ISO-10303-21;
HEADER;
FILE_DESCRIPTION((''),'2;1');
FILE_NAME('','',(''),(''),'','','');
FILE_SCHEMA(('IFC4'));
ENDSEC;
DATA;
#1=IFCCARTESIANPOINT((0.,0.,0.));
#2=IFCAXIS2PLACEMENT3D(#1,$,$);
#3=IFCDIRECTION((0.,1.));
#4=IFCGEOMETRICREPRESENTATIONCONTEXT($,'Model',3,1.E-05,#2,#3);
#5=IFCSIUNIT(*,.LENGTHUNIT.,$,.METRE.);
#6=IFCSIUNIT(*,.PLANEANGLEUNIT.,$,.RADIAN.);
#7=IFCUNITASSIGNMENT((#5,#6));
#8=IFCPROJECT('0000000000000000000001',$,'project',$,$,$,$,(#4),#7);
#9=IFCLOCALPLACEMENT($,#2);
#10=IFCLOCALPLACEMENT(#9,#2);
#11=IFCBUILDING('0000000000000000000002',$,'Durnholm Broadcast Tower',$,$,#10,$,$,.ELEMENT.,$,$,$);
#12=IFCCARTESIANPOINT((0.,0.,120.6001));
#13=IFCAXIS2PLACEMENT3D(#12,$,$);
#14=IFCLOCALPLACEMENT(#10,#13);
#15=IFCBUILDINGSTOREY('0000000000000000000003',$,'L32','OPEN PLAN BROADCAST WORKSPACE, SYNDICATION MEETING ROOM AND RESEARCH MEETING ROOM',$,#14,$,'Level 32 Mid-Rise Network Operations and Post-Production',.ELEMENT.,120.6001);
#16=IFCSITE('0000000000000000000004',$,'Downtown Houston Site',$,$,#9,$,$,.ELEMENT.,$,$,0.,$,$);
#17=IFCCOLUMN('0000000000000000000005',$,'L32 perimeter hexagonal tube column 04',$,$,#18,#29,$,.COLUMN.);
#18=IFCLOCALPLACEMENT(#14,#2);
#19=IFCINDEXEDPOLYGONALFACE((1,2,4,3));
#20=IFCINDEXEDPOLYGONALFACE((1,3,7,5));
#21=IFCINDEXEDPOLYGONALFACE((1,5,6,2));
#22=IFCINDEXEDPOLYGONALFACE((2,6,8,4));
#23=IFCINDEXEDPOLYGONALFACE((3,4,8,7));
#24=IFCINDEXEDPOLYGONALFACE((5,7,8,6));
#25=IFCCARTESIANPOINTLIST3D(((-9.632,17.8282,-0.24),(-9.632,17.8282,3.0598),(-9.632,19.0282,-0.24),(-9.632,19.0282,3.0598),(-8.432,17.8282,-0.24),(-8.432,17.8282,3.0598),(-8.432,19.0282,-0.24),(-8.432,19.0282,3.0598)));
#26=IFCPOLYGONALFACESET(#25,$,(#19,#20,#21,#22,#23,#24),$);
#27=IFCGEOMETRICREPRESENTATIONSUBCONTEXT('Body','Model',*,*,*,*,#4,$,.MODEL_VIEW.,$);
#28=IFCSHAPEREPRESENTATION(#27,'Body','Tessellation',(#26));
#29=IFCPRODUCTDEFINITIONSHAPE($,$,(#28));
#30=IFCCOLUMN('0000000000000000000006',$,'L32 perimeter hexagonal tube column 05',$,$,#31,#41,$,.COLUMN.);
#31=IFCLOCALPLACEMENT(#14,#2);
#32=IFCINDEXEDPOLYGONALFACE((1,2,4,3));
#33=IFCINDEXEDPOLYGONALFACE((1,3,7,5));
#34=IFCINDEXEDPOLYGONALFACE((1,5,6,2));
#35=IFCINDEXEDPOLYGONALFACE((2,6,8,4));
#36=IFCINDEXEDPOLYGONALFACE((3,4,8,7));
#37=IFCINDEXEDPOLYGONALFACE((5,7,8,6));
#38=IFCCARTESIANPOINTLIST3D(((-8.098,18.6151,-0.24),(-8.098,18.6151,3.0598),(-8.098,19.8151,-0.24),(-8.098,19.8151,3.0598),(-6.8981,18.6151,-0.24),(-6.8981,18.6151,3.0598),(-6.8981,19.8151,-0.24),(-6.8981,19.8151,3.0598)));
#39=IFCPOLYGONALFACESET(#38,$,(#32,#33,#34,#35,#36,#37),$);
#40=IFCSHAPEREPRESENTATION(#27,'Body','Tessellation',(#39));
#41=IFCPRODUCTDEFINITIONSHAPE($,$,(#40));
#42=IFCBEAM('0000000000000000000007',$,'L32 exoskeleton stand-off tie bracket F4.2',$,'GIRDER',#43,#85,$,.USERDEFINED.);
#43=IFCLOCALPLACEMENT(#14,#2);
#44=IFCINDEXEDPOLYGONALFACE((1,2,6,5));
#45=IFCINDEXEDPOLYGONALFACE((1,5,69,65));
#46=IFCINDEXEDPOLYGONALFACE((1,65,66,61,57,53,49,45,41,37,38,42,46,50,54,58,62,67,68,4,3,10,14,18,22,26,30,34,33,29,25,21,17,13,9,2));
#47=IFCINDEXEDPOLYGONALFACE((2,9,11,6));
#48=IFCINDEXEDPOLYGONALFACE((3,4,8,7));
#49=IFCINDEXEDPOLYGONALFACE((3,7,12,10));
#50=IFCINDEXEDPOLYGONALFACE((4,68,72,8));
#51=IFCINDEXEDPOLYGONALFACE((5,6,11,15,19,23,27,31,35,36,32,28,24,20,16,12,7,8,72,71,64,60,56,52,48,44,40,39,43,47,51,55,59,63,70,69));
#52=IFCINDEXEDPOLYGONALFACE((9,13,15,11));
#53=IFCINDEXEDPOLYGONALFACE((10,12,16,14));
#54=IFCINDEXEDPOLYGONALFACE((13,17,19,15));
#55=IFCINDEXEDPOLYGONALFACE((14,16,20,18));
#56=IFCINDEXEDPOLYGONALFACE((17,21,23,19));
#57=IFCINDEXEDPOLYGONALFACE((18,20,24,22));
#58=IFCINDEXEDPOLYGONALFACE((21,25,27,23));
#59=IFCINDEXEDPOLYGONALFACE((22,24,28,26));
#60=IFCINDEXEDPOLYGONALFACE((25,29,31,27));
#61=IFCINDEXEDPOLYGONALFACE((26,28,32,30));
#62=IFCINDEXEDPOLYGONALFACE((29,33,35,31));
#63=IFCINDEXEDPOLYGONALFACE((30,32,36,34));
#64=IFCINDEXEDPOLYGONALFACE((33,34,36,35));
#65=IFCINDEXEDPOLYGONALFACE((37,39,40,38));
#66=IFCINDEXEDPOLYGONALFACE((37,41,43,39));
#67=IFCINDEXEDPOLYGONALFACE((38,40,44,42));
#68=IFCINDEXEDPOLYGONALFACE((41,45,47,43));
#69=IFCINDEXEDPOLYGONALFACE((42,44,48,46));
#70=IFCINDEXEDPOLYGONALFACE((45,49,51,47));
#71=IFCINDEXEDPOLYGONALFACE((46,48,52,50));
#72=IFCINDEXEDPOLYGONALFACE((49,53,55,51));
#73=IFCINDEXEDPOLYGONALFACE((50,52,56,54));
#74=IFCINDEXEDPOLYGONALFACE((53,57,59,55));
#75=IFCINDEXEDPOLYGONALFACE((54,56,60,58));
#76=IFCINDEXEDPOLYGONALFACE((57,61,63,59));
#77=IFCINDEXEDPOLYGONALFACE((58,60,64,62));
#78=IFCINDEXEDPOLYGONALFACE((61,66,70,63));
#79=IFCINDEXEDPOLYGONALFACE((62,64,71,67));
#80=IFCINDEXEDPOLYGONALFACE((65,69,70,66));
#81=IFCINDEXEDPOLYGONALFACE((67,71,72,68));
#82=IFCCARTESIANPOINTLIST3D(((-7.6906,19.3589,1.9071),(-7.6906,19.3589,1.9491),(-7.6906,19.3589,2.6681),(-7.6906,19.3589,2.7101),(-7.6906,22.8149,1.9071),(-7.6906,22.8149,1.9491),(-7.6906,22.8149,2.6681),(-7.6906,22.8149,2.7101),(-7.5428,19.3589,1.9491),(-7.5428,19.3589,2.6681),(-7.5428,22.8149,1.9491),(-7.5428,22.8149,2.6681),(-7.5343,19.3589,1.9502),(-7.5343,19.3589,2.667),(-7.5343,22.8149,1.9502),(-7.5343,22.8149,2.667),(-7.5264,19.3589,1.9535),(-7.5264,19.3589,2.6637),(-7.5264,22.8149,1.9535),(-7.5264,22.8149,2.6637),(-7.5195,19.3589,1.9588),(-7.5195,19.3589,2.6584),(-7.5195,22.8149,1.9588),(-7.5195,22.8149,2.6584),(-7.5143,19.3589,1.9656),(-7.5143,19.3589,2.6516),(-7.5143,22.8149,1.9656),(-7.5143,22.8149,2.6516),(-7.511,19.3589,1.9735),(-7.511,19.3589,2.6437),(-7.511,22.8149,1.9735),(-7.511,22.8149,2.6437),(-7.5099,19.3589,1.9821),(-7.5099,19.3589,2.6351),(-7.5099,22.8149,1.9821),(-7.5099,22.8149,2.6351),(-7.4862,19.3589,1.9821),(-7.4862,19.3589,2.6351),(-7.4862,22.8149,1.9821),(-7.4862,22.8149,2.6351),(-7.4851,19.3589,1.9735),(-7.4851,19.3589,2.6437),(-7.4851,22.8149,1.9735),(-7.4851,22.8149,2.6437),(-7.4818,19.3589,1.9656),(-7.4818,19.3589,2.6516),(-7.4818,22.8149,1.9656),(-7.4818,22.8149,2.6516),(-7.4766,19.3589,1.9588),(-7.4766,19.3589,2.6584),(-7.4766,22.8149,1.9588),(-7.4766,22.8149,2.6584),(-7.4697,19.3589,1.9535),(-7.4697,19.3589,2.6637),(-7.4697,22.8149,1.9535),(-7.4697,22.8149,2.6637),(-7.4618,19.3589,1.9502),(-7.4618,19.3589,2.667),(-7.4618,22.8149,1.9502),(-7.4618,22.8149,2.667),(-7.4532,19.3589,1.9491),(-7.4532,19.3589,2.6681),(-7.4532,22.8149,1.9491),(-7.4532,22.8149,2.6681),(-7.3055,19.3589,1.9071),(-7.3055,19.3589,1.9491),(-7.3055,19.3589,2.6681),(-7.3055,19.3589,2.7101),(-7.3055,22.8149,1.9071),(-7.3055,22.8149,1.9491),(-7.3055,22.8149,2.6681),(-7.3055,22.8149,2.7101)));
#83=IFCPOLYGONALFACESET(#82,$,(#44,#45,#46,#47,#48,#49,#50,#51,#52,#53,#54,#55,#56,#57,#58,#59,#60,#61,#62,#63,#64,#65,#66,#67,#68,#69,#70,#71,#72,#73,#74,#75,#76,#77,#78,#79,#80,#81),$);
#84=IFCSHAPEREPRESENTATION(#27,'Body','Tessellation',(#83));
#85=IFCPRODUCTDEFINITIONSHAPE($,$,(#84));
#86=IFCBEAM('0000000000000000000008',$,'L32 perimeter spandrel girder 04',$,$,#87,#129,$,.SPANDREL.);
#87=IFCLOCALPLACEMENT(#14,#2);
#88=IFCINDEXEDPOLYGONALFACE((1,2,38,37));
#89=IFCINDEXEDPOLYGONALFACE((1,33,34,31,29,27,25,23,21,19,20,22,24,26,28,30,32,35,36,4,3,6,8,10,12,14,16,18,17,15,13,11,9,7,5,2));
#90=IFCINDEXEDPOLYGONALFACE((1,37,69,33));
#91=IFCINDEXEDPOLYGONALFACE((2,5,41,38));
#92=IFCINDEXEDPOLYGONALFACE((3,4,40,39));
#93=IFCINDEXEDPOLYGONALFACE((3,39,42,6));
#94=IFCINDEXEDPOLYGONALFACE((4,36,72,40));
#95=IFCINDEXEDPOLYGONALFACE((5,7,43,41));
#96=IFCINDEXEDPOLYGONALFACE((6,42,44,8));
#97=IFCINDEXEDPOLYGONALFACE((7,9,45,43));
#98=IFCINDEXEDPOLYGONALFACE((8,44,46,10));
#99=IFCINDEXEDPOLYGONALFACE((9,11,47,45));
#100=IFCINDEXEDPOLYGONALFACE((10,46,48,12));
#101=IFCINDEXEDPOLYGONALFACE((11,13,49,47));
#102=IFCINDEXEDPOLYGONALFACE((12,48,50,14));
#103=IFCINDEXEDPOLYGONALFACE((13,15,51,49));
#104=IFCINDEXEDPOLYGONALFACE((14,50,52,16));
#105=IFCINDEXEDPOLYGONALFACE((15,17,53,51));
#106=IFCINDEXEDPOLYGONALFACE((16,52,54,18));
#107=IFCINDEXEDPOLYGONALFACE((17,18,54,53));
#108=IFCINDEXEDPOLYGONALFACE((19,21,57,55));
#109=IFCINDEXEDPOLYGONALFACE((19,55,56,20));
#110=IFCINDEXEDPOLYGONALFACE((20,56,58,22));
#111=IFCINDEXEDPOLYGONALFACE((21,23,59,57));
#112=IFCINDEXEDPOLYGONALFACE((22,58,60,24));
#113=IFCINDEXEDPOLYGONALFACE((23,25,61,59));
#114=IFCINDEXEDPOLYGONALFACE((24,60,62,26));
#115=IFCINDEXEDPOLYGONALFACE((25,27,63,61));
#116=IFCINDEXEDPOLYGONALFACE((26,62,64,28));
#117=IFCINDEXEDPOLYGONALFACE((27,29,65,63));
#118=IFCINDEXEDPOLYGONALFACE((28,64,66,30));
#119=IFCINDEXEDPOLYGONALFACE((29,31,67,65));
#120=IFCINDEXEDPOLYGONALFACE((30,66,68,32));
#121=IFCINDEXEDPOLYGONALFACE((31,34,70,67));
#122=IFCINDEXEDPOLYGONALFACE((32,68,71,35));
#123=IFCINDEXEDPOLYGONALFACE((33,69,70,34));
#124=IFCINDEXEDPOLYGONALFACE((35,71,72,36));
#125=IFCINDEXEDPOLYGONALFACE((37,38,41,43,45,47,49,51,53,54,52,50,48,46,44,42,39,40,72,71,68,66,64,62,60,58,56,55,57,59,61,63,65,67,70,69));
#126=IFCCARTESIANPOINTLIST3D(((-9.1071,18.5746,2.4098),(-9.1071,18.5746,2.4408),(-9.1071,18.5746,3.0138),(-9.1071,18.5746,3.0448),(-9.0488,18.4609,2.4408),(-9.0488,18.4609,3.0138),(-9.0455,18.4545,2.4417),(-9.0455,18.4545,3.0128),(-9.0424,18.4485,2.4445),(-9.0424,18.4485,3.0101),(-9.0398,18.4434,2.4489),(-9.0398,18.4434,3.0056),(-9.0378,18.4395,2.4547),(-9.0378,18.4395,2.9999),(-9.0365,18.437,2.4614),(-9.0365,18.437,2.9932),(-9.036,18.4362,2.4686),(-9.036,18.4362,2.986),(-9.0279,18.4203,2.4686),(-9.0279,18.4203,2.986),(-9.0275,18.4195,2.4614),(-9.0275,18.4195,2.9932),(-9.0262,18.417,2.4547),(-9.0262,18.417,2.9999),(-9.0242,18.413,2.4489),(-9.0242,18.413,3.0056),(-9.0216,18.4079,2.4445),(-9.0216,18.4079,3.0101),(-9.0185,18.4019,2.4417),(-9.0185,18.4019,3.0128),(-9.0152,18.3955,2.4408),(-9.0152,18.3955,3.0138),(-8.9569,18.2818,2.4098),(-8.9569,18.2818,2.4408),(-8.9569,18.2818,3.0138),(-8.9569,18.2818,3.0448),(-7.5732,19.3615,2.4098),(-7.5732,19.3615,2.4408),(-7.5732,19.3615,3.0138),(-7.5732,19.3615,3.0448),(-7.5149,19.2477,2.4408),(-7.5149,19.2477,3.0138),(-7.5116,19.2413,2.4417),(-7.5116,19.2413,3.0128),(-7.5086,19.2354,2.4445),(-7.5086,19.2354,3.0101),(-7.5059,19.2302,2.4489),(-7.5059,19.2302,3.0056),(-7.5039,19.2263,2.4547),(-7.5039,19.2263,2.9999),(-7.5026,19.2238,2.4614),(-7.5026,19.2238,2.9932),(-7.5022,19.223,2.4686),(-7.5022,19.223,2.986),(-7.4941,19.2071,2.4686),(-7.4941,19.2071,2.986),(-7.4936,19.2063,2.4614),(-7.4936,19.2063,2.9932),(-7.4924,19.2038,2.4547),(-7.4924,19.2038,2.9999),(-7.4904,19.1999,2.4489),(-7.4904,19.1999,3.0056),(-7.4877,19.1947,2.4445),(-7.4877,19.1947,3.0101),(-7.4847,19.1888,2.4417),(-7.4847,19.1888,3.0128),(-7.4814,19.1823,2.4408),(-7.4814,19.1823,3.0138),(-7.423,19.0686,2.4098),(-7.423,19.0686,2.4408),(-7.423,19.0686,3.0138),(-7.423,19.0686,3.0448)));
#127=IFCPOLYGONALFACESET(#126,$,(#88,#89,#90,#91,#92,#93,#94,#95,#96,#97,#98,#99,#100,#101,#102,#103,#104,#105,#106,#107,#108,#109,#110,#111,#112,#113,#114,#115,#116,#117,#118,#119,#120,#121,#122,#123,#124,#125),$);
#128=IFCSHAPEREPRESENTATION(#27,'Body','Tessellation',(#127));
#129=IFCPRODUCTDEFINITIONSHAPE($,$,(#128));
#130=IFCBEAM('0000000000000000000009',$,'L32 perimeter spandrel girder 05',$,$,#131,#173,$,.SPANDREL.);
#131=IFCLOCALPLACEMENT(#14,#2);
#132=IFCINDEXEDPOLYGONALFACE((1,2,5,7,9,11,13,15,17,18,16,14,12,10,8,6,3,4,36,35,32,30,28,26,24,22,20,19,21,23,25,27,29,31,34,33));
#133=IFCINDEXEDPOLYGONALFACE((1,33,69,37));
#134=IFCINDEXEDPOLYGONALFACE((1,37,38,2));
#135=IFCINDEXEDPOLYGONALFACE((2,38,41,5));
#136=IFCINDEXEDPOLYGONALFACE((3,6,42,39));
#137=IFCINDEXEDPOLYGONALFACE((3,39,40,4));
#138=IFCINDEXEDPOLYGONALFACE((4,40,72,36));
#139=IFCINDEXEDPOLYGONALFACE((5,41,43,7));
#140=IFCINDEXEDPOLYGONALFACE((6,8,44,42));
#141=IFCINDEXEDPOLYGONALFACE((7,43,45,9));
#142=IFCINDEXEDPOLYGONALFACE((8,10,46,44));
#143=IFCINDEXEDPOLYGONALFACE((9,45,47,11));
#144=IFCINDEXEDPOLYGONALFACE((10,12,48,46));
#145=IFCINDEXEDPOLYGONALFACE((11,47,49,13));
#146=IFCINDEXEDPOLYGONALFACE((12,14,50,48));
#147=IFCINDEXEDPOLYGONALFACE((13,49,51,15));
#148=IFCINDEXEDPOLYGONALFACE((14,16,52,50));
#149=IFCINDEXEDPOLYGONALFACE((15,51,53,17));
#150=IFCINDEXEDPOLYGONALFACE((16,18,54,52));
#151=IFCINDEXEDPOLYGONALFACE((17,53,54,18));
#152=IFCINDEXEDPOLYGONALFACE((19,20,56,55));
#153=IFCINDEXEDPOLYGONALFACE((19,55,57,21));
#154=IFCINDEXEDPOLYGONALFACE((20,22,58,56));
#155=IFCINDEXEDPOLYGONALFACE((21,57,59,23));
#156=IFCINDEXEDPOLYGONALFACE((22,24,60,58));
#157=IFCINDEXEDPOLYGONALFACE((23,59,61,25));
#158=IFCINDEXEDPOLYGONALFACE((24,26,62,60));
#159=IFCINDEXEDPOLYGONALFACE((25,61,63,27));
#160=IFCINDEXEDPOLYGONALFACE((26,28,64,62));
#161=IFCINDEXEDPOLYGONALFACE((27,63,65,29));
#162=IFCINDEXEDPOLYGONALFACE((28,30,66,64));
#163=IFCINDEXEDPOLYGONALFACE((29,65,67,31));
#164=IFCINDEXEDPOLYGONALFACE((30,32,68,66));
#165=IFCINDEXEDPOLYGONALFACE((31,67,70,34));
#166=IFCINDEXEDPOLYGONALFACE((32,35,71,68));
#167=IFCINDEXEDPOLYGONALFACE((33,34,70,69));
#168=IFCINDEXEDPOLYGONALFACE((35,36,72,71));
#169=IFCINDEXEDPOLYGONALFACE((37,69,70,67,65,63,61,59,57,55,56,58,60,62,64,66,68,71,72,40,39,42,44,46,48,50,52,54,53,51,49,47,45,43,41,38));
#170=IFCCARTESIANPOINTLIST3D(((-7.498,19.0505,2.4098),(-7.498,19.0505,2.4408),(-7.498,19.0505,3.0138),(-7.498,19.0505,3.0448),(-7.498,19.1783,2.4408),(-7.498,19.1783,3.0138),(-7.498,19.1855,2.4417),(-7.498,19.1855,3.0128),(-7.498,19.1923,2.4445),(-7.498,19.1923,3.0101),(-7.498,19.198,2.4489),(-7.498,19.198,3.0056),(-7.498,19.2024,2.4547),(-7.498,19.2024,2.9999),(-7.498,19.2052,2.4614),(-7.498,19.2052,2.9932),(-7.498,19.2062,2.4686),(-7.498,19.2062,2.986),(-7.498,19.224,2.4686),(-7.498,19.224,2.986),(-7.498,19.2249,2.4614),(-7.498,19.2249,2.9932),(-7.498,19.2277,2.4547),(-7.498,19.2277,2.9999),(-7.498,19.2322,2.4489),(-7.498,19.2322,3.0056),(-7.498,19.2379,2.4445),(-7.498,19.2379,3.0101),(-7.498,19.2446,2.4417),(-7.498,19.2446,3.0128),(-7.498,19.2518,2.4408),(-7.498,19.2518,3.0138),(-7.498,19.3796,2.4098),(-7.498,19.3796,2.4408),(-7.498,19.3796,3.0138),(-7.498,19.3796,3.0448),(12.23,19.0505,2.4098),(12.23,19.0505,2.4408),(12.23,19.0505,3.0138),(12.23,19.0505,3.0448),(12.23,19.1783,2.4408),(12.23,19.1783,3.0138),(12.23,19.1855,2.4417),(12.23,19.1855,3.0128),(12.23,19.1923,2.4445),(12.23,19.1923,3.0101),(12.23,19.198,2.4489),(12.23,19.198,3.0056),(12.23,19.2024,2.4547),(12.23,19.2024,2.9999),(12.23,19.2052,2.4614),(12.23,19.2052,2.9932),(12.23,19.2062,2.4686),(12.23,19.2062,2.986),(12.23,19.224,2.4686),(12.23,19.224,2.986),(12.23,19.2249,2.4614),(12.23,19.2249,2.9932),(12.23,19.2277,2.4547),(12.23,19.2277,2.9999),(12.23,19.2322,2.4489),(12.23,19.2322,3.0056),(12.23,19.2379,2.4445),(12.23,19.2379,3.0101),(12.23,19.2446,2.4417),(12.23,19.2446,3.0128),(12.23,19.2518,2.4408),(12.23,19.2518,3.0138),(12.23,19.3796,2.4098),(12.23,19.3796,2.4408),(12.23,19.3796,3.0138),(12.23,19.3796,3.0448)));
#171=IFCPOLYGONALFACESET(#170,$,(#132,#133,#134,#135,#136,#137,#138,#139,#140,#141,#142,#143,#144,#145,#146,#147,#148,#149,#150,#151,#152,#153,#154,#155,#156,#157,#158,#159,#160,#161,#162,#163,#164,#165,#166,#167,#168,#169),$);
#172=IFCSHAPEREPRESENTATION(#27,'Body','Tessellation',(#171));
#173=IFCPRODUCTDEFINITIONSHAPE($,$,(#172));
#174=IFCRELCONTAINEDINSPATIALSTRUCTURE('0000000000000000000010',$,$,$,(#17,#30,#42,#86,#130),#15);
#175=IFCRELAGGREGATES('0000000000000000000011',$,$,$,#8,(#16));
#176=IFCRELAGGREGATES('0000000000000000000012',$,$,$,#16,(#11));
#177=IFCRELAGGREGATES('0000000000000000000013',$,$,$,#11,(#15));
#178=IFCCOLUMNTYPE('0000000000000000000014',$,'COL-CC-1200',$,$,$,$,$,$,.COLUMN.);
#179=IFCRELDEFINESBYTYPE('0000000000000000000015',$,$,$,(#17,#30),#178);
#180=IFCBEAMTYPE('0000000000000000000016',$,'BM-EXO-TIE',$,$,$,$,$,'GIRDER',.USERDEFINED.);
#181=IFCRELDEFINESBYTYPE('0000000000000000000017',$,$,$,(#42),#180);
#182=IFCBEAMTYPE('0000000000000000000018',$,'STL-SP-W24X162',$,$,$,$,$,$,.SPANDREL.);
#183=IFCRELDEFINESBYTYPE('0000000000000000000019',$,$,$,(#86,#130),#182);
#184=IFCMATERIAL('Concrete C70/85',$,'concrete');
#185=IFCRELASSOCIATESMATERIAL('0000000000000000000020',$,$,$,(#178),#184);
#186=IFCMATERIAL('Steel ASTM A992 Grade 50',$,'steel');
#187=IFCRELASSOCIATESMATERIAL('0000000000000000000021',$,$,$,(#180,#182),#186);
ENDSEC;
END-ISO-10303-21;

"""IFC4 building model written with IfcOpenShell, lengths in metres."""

from ifc_helpers import new_model, si_unit, direction, frame, origin, origin_2d, place, context, subcontext, project, spatial, rectangle, i_section, extrude, source, transform, mapped, material, material_profile, profile_set, type_object, type_shapes, element, save


model = new_model("IFC4")

# Units and contexts
model_context = context("Model", 3, precision=1e-05, world=origin(), true_north=direction((0.0, 1.0)))
body_context = subcontext(model_context, "Body", "Model", "MODEL_VIEW")
ifc_project = project(units=[si_unit("LENGTHUNIT", "METRE"), si_unit("PLANEANGLEUNIT", "RADIAN")], contexts=[model_context])

# Site, building, storey
site_placement = place(None, origin())
site = spatial("IfcSite", under=ifc_project, at=site_placement, Name="Downtown Houston Site", CompositionType="ELEMENT", RefElevation=0.0)
building_placement = place(site_placement, origin())
building = spatial("IfcBuilding", under=site, at=building_placement, Name="Durnholm Broadcast Tower", CompositionType="ELEMENT")
storey_placement = place(building_placement, frame((0.0, 0.0, 120.6001)))
storey = spatial("IfcBuildingStorey", under=building, at=storey_placement, Name="L32", Description="OPEN PLAN BROADCAST WORKSPACE, SYNDICATION MEETING ROOM AND RESEARCH MEETING ROOM", LongName="Level 32 Mid-Rise Network Operations and Post-Production", CompositionType="ELEMENT", Elevation=120.6001)

# Columns
ifc_material_1 = material(Name="Concrete C70/85", Category="concrete")
ifc_material_profile_1 = material_profile(ifc_material_1, rectangle(XDim=1.2, YDim=1.2, at=origin_2d()), Name="RC1200X1200")
ifc_profile_set_1 = profile_set([ifc_material_profile_1], Name="Concrete C70/85")
column_type = type_object("IfcColumnType", Name="COL-CC-1200", PredefinedType="COLUMN", material=ifc_profile_set_1)
shared_shape_1 = source(origin(), body_context, "Body", "SweptSolid", [
    extrude(rectangle(XDim=1.2, YDim=1.2, at=origin_2d()), origin(), (0.0, 0.0, 1.0), 3.2998),
])
type_shapes(column_type, [shared_shape_1])
for number, where, z_axis, x_axis, name in (
    (1, (-9.032, 18.4282, -0.24), (0.0, 0.0, 1.0), (1.0, 0.0, 0.0), "L32 perimeter hexagonal tube column 04"),
    (2, (-7.498, 19.2151, -0.24), (0.0, 0.0, 1.0), (1.0, 0.0, 0.0), "L32 perimeter hexagonal tube column 05"),
):
    element("IfcColumn", number, at=place(storey_placement, frame(where, z_axis=z_axis, x_axis=x_axis)), inside=storey, type_object=column_type, Name=name, PredefinedType="COLUMN", context=body_context, shape_type="MappedRepresentation", body=[
        mapped(shared_shape_1, transform((0.0, 0.0, 0.0), x_axis=(1.0, 0.0, 0.0), y_axis=(0.0, 1.0, 0.0), z_axis=(0.0, 0.0, 1.0), scale=1.0)),
    ])

# Beams
ifc_material_2 = material(Name="Steel ASTM A992 Grade 50", Category="steel")
ifc_material_profile_2 = material_profile(ifc_material_2, i_section(OverallWidth=0.385, OverallDepth=0.803, WebThickness=0.0237, FlangeThickness=0.042, FilletRadius=0.033, at=origin_2d()), Name="W30X261")
ifc_profile_set_2 = profile_set([ifc_material_profile_2], Name="Steel ASTM A992 Grade 50")
beam_type_1 = type_object("IfcBeamType", Name="BM-EXO-TIE", ElementType="GIRDER", PredefinedType="USERDEFINED", material=ifc_profile_set_2)
shared_shape_2 = source(origin(), body_context, "Body", "SweptSolid", [
    extrude(i_section(OverallWidth=0.385, OverallDepth=0.803, WebThickness=0.0237, FlangeThickness=0.042, FilletRadius=0.033, at=origin_2d()), origin(), (0.0, 0.0, 1.0), 3.4561),
])
beam_1_placement = place(storey_placement, frame((-7.498, 19.3589, 2.3086), z_axis=(0.0, 1.0, 0.0), x_axis=(-1.0, 0.0, 0.0)))
element("IfcBeam", 3, at=beam_1_placement, inside=storey, type_object=beam_type_1, Name="L32 exoskeleton stand-off tie bracket F4.2", ObjectType="GIRDER", PredefinedType="USERDEFINED", context=body_context, shape_type="MappedRepresentation", body=[
    mapped(shared_shape_2, transform((0.0, 0.0, 0.0), x_axis=(1.0, 0.0, 0.0), y_axis=(0.0, 1.0, 0.0), z_axis=(0.0, 0.0, 1.0), scale=1.0)),
])
ifc_material_profile_3 = material_profile(ifc_material_2, i_section(OverallWidth=0.3291, OverallDepth=0.635, WebThickness=0.0178, FlangeThickness=0.031, FilletRadius=0.0278, at=origin_2d()), Name="W24X162")
ifc_profile_set_3 = profile_set([ifc_material_profile_3], Name="Steel ASTM A992 Grade 50")
beam_type_2 = type_object("IfcBeamType", Name="STL-SP-W24X162", PredefinedType="SPANDREL", material=ifc_profile_set_3)
shared_shape_3 = source(origin(), body_context, "Body", "SweptSolid", [
    extrude(i_section(OverallWidth=0.3291, OverallDepth=0.635, WebThickness=0.0178, FlangeThickness=0.031, FilletRadius=0.0278, at=origin_2d()), origin(), (0.0, 0.0, 1.0), 1.7239),
])
beam_2_placement = place(storey_placement, frame((-9.032, 18.4282, 2.7273), z_axis=(0.889763, 0.456423, 0.0), x_axis=(-0.456423, 0.889763, 0.0)))
element("IfcBeam", 4, at=beam_2_placement, inside=storey, type_object=beam_type_2, Name="L32 perimeter spandrel girder 04", PredefinedType="SPANDREL", context=body_context, shape_type="MappedRepresentation", body=[
    mapped(shared_shape_3, transform((0.0, 0.0, 0.0), x_axis=(1.0, 0.0, 0.0), y_axis=(0.0, 1.0, 0.0), z_axis=(0.0, 0.0, 1.0), scale=1.0)),
])
shared_shape_4 = source(origin(), body_context, "Body", "SweptSolid", [
    extrude(i_section(OverallWidth=0.3291, OverallDepth=0.635, WebThickness=0.0178, FlangeThickness=0.031, FilletRadius=0.0278, at=origin_2d()), origin(), (0.0, 0.0, 1.0), 19.728),
])
type_shapes(beam_type_2, [shared_shape_3, shared_shape_4])
beam_3_placement = place(storey_placement, frame((-7.498, 19.2151, 2.7273), z_axis=(1.0, 0.0, 0.0), x_axis=(0.0, 1.0, 0.0)))
element("IfcBeam", 5, at=beam_3_placement, inside=storey, type_object=beam_type_2, Name="L32 perimeter spandrel girder 05", PredefinedType="SPANDREL", context=body_context, shape_type="MappedRepresentation", body=[
    mapped(shared_shape_4, transform((0.0, 0.0, 0.0), x_axis=(1.0, 0.0, 0.0), y_axis=(0.0, 1.0, 0.0), z_axis=(0.0, 0.0, 1.0), scale=1.0)),
])

save(model, "model.ifc")
